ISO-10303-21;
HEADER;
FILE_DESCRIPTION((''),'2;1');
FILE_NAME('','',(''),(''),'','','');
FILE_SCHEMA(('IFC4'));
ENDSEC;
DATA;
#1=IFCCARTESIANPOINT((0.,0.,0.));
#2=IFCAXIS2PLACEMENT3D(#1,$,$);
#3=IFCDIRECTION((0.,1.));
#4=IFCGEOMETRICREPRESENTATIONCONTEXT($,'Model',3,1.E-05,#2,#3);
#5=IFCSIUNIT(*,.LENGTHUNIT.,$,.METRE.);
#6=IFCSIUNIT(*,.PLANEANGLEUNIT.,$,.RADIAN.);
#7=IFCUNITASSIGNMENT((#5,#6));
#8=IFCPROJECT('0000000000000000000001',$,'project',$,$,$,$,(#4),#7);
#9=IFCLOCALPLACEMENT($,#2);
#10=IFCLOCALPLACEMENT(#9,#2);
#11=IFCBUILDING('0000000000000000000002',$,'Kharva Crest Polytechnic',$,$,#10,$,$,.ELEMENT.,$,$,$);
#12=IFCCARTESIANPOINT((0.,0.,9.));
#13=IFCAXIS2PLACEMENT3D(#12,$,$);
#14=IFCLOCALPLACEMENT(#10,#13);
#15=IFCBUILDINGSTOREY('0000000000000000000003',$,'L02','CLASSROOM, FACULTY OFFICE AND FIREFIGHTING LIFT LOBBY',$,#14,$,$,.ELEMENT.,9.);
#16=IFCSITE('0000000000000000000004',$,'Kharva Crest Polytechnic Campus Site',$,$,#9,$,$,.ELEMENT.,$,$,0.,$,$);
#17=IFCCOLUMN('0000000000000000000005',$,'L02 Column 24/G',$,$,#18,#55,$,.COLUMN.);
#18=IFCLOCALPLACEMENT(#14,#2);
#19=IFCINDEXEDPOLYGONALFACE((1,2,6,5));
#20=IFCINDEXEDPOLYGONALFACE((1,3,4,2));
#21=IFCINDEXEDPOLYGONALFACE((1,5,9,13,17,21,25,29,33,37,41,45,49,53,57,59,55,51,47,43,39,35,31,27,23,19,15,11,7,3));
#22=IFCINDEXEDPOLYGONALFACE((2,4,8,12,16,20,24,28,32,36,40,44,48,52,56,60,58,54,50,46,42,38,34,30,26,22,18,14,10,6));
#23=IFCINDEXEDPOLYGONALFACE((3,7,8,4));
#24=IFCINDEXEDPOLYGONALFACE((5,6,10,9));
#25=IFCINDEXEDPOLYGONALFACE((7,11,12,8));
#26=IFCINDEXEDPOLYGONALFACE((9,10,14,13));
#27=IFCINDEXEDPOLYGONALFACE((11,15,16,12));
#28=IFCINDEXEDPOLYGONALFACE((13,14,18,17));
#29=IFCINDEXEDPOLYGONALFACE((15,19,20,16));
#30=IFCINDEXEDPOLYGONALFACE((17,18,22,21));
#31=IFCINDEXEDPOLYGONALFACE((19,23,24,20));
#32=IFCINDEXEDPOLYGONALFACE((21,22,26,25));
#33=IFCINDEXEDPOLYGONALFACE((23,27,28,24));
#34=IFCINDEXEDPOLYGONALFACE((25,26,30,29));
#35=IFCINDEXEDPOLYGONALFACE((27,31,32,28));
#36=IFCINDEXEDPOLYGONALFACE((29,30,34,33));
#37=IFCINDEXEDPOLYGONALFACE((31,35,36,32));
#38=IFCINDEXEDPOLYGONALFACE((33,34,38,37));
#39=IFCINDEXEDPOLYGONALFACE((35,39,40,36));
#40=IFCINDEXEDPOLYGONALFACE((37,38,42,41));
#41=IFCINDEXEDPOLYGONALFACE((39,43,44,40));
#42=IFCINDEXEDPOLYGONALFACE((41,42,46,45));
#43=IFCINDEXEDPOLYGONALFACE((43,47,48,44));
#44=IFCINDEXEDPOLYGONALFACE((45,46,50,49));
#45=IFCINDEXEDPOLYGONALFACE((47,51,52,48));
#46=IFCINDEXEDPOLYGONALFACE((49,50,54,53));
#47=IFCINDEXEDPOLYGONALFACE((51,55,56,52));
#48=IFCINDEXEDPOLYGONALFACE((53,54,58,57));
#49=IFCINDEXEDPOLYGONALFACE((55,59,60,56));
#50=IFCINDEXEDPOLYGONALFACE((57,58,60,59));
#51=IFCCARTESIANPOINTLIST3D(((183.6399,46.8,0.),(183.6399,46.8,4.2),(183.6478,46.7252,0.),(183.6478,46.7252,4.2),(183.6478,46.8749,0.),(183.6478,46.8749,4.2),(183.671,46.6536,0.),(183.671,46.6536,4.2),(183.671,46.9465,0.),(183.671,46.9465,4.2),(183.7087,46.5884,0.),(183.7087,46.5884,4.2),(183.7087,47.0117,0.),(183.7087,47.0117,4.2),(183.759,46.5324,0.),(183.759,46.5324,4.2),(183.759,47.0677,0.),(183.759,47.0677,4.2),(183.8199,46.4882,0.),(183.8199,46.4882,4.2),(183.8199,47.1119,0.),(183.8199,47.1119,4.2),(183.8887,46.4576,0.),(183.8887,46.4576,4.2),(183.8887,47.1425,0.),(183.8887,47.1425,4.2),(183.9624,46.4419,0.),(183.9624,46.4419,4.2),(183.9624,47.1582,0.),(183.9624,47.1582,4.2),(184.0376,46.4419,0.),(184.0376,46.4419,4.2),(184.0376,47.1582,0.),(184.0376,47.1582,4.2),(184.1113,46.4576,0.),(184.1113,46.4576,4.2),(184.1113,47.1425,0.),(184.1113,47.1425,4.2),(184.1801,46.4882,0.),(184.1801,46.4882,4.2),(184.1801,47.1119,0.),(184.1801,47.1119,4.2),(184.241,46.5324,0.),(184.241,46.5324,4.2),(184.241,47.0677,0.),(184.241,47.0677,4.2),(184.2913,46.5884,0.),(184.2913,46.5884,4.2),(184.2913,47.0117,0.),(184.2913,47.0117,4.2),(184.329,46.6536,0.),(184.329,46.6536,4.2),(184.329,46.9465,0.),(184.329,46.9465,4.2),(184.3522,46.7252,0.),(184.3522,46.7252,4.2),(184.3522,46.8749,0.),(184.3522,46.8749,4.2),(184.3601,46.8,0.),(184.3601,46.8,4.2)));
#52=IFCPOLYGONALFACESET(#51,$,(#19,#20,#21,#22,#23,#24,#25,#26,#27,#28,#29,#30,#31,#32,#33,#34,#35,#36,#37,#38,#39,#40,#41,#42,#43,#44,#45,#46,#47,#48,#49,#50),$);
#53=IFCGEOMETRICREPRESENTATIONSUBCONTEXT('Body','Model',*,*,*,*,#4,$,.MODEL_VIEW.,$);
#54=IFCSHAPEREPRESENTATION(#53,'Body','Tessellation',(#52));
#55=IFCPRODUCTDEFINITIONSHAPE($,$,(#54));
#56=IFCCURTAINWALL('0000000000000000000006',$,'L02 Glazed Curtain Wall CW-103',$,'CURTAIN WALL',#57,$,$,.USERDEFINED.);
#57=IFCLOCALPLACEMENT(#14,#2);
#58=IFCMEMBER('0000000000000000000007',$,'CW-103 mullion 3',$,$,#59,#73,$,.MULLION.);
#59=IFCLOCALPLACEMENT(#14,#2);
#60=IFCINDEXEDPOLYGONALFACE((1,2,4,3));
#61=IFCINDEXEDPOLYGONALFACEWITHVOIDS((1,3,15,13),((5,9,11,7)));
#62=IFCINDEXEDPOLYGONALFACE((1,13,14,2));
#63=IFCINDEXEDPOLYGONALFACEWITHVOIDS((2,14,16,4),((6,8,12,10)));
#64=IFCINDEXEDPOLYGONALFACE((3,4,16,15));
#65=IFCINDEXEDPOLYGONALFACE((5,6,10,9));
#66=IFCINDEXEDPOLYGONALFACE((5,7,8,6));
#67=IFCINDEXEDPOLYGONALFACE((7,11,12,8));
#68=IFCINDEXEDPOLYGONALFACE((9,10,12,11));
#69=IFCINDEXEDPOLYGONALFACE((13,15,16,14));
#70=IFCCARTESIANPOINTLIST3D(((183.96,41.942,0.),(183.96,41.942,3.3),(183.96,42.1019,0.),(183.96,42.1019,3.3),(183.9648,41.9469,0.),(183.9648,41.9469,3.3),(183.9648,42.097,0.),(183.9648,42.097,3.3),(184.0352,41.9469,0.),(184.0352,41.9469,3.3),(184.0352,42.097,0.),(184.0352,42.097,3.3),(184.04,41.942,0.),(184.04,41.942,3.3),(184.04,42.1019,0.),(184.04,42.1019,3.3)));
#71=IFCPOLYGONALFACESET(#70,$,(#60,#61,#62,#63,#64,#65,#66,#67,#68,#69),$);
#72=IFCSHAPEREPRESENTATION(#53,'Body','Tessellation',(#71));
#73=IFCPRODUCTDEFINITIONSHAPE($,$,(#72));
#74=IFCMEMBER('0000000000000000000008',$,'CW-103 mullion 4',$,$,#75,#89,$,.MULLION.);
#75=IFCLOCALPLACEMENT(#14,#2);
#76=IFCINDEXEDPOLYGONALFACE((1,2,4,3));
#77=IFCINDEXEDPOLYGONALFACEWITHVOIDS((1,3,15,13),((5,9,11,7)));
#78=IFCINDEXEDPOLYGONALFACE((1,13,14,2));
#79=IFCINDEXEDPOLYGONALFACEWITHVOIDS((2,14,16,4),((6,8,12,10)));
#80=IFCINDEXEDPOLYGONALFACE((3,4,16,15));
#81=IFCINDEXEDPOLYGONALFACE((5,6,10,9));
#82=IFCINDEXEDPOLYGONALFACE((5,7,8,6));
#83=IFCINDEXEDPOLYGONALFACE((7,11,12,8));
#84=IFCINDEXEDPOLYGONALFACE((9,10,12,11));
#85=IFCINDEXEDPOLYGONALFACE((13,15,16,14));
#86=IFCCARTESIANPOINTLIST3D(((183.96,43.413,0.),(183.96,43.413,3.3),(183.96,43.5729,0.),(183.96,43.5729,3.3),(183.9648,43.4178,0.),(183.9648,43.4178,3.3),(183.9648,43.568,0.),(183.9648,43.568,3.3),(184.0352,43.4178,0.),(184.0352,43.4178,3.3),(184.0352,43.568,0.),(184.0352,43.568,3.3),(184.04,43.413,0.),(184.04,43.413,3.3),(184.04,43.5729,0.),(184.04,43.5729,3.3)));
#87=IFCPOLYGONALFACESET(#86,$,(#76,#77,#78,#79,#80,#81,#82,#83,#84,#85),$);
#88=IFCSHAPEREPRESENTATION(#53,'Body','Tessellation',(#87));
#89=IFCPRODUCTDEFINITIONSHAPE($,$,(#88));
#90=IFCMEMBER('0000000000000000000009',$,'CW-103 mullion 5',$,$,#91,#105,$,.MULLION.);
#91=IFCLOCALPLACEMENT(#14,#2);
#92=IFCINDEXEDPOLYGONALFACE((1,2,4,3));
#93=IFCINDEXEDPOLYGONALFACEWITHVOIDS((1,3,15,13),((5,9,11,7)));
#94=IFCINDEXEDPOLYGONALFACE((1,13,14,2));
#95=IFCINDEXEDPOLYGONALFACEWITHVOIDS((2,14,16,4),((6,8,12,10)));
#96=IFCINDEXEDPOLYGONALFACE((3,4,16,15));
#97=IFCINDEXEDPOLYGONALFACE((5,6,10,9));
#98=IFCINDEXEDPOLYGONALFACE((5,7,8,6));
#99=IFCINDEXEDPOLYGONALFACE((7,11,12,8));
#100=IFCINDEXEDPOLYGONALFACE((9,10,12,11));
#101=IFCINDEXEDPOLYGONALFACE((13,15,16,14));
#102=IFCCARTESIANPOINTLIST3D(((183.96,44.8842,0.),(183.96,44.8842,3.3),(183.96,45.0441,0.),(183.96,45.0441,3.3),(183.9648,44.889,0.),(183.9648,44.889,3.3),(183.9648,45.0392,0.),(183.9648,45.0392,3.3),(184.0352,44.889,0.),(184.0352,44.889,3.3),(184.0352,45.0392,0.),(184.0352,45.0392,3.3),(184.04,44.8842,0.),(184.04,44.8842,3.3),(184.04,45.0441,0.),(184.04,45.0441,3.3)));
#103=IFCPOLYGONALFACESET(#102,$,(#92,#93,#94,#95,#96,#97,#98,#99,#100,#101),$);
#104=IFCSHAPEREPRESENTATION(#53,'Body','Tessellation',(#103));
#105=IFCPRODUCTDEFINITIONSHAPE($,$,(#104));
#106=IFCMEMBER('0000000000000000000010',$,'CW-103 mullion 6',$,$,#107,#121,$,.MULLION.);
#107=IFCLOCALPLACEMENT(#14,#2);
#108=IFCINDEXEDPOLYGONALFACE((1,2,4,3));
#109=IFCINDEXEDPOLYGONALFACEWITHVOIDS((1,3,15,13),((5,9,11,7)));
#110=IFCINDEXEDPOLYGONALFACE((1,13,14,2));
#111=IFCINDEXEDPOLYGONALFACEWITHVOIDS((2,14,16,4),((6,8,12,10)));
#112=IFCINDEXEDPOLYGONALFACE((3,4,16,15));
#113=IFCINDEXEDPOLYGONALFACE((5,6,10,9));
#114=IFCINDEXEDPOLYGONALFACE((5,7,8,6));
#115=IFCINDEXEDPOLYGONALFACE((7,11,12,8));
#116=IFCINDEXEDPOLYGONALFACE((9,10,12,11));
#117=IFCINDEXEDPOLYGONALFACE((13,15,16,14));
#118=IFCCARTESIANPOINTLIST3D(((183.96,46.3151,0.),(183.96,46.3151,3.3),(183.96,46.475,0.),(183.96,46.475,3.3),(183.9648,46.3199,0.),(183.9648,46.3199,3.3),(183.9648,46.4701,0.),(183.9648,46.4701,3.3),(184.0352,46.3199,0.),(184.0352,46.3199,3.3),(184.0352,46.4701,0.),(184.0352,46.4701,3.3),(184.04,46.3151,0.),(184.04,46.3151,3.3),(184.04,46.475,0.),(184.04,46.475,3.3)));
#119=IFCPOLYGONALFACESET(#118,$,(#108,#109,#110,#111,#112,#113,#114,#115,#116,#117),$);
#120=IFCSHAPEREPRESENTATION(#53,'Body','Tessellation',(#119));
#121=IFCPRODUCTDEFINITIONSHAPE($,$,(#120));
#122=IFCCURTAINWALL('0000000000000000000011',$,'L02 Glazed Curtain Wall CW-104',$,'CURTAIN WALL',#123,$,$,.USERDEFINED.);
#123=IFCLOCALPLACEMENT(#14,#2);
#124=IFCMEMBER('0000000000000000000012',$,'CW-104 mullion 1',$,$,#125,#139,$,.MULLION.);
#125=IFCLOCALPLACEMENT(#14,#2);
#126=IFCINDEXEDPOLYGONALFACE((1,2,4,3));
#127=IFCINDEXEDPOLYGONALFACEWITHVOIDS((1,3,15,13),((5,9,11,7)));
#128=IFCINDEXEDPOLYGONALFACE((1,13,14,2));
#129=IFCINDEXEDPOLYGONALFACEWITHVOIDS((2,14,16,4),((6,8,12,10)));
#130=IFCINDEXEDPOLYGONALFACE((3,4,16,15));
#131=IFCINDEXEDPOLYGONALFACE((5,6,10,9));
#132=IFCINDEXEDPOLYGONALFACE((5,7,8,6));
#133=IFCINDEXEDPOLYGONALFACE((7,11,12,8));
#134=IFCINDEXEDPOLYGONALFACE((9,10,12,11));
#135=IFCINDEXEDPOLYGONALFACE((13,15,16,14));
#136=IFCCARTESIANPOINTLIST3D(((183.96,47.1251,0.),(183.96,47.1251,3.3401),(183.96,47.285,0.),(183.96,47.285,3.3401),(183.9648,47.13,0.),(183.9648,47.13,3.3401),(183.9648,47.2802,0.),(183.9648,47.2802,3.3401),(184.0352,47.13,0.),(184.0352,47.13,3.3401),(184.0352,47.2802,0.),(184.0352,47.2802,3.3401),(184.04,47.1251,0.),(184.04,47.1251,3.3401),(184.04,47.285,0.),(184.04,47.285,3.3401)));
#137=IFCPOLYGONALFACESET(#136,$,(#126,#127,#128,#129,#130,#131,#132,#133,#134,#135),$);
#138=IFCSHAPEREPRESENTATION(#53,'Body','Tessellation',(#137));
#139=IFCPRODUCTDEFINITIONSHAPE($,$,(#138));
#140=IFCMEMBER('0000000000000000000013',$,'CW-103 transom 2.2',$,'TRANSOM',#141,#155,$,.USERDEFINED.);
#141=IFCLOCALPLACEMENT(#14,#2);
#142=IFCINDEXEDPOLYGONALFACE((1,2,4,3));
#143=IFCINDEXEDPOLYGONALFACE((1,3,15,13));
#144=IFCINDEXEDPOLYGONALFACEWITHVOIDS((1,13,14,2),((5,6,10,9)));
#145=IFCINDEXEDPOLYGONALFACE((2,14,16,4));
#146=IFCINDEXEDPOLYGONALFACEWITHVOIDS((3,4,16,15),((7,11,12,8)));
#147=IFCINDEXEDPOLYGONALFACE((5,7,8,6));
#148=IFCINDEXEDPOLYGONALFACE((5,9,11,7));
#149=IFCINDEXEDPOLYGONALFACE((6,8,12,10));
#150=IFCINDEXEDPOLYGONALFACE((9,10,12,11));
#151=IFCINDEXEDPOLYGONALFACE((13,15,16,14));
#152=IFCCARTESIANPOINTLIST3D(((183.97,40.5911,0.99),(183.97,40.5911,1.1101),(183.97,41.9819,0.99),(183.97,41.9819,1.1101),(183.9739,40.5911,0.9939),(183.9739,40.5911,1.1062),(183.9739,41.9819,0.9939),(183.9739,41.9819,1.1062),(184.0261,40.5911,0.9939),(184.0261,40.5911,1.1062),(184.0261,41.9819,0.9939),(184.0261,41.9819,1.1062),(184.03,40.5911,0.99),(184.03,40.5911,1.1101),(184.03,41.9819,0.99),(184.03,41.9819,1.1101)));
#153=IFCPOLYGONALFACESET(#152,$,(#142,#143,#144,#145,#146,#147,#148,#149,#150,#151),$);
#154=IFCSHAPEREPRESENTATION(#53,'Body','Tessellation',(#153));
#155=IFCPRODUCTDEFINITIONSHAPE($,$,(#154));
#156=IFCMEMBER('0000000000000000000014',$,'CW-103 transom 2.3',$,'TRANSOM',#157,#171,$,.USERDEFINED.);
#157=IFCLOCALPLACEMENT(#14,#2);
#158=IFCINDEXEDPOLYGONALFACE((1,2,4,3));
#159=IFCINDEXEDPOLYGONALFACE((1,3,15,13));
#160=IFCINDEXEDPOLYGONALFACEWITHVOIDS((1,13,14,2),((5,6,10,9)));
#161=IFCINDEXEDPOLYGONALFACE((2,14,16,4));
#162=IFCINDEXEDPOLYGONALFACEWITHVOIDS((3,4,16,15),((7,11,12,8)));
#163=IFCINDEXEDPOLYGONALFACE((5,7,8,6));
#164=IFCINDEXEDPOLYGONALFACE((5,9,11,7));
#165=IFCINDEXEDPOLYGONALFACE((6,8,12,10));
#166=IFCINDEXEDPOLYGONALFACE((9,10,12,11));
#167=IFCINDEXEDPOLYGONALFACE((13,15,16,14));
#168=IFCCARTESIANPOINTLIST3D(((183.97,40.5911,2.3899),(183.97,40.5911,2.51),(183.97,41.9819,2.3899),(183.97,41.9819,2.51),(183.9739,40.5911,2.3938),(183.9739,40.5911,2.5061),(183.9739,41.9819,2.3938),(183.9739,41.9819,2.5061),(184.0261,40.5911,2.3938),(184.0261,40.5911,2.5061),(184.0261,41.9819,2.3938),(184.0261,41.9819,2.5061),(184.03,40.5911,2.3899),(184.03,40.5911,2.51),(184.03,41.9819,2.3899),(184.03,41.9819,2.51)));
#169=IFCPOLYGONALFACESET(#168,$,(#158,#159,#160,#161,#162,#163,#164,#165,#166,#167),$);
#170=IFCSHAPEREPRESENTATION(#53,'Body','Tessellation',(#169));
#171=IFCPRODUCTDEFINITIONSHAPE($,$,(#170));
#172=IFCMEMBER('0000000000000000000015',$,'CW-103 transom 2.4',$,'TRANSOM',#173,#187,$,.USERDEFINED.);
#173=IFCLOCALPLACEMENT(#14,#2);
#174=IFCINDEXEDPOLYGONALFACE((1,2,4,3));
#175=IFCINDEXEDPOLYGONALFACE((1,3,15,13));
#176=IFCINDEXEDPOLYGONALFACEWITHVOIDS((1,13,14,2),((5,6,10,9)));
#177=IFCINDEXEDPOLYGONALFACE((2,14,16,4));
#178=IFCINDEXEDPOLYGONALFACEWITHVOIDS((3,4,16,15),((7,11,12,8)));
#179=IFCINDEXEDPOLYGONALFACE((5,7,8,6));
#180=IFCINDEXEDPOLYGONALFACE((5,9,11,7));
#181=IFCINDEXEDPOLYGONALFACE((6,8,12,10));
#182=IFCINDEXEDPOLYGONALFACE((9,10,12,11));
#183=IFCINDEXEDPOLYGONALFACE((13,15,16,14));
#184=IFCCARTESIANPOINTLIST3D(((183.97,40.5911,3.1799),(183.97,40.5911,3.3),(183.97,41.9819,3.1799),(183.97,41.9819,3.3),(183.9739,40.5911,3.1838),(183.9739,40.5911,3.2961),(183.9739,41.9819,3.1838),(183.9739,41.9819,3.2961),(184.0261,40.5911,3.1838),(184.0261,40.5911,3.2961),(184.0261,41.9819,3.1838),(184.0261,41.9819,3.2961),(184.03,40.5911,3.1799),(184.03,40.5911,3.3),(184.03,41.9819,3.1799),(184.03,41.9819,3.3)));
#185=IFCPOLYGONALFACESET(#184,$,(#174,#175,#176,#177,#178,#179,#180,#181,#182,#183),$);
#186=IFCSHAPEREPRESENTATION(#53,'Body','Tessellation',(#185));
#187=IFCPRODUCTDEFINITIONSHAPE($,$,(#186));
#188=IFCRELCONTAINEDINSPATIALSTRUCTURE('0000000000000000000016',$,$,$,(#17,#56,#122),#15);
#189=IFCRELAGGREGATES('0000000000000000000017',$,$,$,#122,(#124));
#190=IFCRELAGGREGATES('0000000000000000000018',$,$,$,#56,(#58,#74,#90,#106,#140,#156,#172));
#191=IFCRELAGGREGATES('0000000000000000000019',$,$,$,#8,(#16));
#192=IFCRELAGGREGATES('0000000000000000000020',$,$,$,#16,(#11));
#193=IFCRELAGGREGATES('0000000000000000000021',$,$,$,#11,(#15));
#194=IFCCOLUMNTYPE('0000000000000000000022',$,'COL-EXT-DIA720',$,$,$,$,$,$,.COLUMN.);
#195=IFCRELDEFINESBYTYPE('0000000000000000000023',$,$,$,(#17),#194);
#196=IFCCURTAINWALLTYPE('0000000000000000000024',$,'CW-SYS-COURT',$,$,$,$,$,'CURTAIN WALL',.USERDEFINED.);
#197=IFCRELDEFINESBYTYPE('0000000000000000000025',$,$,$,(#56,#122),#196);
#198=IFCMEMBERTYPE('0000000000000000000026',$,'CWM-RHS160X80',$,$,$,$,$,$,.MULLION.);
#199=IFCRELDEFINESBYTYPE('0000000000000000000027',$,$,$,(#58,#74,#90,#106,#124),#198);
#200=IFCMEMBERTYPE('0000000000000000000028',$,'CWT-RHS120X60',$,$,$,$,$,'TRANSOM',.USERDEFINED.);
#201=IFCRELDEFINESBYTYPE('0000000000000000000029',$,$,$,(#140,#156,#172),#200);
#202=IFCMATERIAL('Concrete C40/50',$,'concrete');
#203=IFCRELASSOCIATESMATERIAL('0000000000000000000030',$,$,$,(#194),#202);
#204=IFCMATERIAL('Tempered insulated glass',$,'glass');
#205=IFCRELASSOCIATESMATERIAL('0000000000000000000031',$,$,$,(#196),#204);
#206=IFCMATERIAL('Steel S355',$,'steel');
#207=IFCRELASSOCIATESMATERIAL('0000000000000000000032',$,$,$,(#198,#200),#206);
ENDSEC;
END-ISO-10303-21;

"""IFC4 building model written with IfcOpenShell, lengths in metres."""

from ifc_helpers import new_model, si_unit, direction, frame, origin, origin_2d, place, context, subcontext, project, spatial, hollow_rectangle, circle, extrude, material, material_profile, profile_set, type_object, element, aggregate, save


model = new_model("IFC4")

# Units and contexts
model_context = context("Model", 3, precision=1e-05, world=origin(), true_north=direction((0.0, 1.0)))
body_context = subcontext(model_context, "Body", "Model", "MODEL_VIEW")
ifc_project = project(units=[si_unit("LENGTHUNIT", "METRE"), si_unit("PLANEANGLEUNIT", "RADIAN")], contexts=[model_context])

# Site, building, storey
site_placement = place(None, origin())
site = spatial("IfcSite", under=ifc_project, at=site_placement, Name="Kharva Crest Polytechnic Campus Site", CompositionType="ELEMENT", RefElevation=0.0)
building_placement = place(site_placement, origin())
building = spatial("IfcBuilding", under=site, at=building_placement, Name="Kharva Crest Polytechnic", CompositionType="ELEMENT")
storey_placement = place(building_placement, frame((0.0, 0.0, 9.0)))
storey = spatial("IfcBuildingStorey", under=building, at=storey_placement, Name="L02", Description="CLASSROOM, FACULTY OFFICE AND FIREFIGHTING LIFT LOBBY", CompositionType="ELEMENT", Elevation=9.0)

# Column
ifc_material_1 = material(Name="Concrete C40/50", Category="concrete")
ifc_material_profile_1 = material_profile(ifc_material_1, circle(Radius=0.3601, at=origin_2d()), Name="DIA 720")
ifc_profile_set_1 = profile_set([ifc_material_profile_1], Name="Concrete C40/50")
column_type = type_object("IfcColumnType", Name="COL-EXT-DIA720", PredefinedType="COLUMN", material=ifc_profile_set_1)
column_placement = place(storey_placement, frame((184.0, 46.8, 0.0), z_axis=(0.0, 0.0, 1.0), x_axis=(1.0, 0.0, 0.0)))
element("IfcColumn", 1, at=column_placement, inside=storey, type_object=column_type, Name="L02 Column 24/G", PredefinedType="COLUMN", context=body_context, shape_type="SweptSolid", body=[
    extrude(circle(Radius=0.3601, at=origin_2d()), origin(), (0.0, 0.0, 1.0), 4.2),
])

# Curtain wall, members
ifc_material_2 = material(Name="Tempered insulated glass", Category="glass")
curtain_wall_type = type_object("IfcCurtainWallType", Name="CW-SYS-COURT", ElementType="CURTAIN WALL", PredefinedType="USERDEFINED", material=ifc_material_2)
curtain_wall_1_placement = place(storey_placement, origin())
curtain_wall_1 = element("IfcCurtainWall", 2, at=curtain_wall_1_placement, inside=storey, type_object=curtain_wall_type, Name="L02 Glazed Curtain Wall CW-103", ObjectType="CURTAIN WALL", PredefinedType="USERDEFINED")
ifc_material_3 = material(Name="Steel S355", Category="steel")
ifc_material_profile_2 = material_profile(ifc_material_3, hollow_rectangle(XDim=0.0801, YDim=0.1599, WallThickness=0.0049, at=origin_2d()), Name="RHS 160X80X5.0")
ifc_profile_set_2 = profile_set([ifc_material_profile_2], Name="Steel S355")
member_type_1 = type_object("IfcMemberType", Name="CWM-RHS160X80", PredefinedType="MULLION", material=ifc_profile_set_2)
member_1_placement = place(storey_placement, frame((184.0, 42.022, 0.0), z_axis=(0.0, 0.0, 1.0), x_axis=(-1.0, 0.0, 0.0)))
member_1 = element("IfcMember", 3, at=member_1_placement, type_object=member_type_1, Name="CW-103 mullion 3", PredefinedType="MULLION", context=body_context, shape_type="SweptSolid", body=[
    extrude(hollow_rectangle(XDim=0.0801, YDim=0.1599, WallThickness=0.0049, at=origin_2d()), origin(), (0.0, 0.0, 1.0), 3.3),
])
member_2_placement = place(storey_placement, frame((184.0, 43.4929, 0.0), z_axis=(0.0, 0.0, 1.0), x_axis=(-1.0, 0.0, 0.0)))
member_2 = element("IfcMember", 4, at=member_2_placement, type_object=member_type_1, Name="CW-103 mullion 4", PredefinedType="MULLION", context=body_context, shape_type="SweptSolid", body=[
    extrude(hollow_rectangle(XDim=0.0801, YDim=0.1599, WallThickness=0.0049, at=origin_2d()), origin(), (0.0, 0.0, 1.0), 3.3),
])
member_3_placement = place(storey_placement, frame((184.0, 44.9641, 0.0), z_axis=(0.0, 0.0, 1.0), x_axis=(-1.0, 0.0, 0.0)))
member_3 = element("IfcMember", 5, at=member_3_placement, type_object=member_type_1, Name="CW-103 mullion 5", PredefinedType="MULLION", context=body_context, shape_type="SweptSolid", body=[
    extrude(hollow_rectangle(XDim=0.0801, YDim=0.1599, WallThickness=0.0049, at=origin_2d()), origin(), (0.0, 0.0, 1.0), 3.3),
])
member_4_placement = place(storey_placement, frame((184.0, 46.395, 0.0), z_axis=(0.0, 0.0, 1.0), x_axis=(-1.0, 0.0, 0.0)))
member_4 = element("IfcMember", 6, at=member_4_placement, type_object=member_type_1, Name="CW-103 mullion 6", PredefinedType="MULLION", context=body_context, shape_type="SweptSolid", body=[
    extrude(hollow_rectangle(XDim=0.0801, YDim=0.1599, WallThickness=0.0049, at=origin_2d()), origin(), (0.0, 0.0, 1.0), 3.3),
])

# Curtain wall, member
curtain_wall_2_placement = place(storey_placement, origin())
curtain_wall_2 = element("IfcCurtainWall", 7, at=curtain_wall_2_placement, inside=storey, type_object=curtain_wall_type, Name="L02 Glazed Curtain Wall CW-104", ObjectType="CURTAIN WALL", PredefinedType="USERDEFINED")
member_5_placement = place(storey_placement, frame((184.0, 47.2051, 0.0), z_axis=(0.0, 0.0, 1.0), x_axis=(-1.0, 0.0, 0.0)))
member_5 = element("IfcMember", 8, at=member_5_placement, type_object=member_type_1, Name="CW-104 mullion 1", PredefinedType="MULLION", context=body_context, shape_type="SweptSolid", body=[
    extrude(hollow_rectangle(XDim=0.0801, YDim=0.1599, WallThickness=0.0049, at=origin_2d()), origin(), (0.0, 0.0, 1.0), 3.3401),
])

# Members
ifc_material_profile_3 = material_profile(ifc_material_3, hollow_rectangle(XDim=0.0601, YDim=0.1201, WallThickness=0.0039, at=origin_2d()), Name="RHS 120X60X4.0")
ifc_profile_set_3 = profile_set([ifc_material_profile_3], Name="Steel S355")
member_type_2 = type_object("IfcMemberType", Name="CWT-RHS120X60", ElementType="TRANSOM", PredefinedType="USERDEFINED", material=ifc_profile_set_3)
member_6_placement = place(storey_placement, frame((184.0, 40.5911, 1.05), z_axis=(0.0, 1.0, 0.0), x_axis=(-1.0, 0.0, 0.0)))
member_6 = element("IfcMember", 9, at=member_6_placement, type_object=member_type_2, Name="CW-103 transom 2.2", ObjectType="TRANSOM", PredefinedType="USERDEFINED", context=body_context, shape_type="SweptSolid", body=[
    extrude(hollow_rectangle(XDim=0.0601, YDim=0.1201, WallThickness=0.0039, at=origin_2d()), origin(), (0.0, 0.0, 1.0), 1.3909),
])
member_7_placement = place(storey_placement, frame((184.0, 40.5911, 2.45), z_axis=(0.0, 1.0, 0.0), x_axis=(-1.0, 0.0, 0.0)))
member_7 = element("IfcMember", 10, at=member_7_placement, type_object=member_type_2, Name="CW-103 transom 2.3", ObjectType="TRANSOM", PredefinedType="USERDEFINED", context=body_context, shape_type="SweptSolid", body=[
    extrude(hollow_rectangle(XDim=0.0601, YDim=0.1201, WallThickness=0.0039, at=origin_2d()), origin(), (0.0, 0.0, 1.0), 1.3909),
])
member_8_placement = place(storey_placement, frame((184.0, 40.5911, 3.24), z_axis=(0.0, 1.0, 0.0), x_axis=(-1.0, 0.0, 0.0)))
member_8 = element("IfcMember", 11, at=member_8_placement, type_object=member_type_2, Name="CW-103 transom 2.4", ObjectType="TRANSOM", PredefinedType="USERDEFINED", context=body_context, shape_type="SweptSolid", body=[
    extrude(hollow_rectangle(XDim=0.0601, YDim=0.1201, WallThickness=0.0039, at=origin_2d()), origin(), (0.0, 0.0, 1.0), 1.3909),
])
aggregate(curtain_wall_2, [member_5])

aggregate(curtain_wall_1, [member_1, member_2, member_3, member_4, member_6, member_7, member_8])

save(model, "model.ifc")
